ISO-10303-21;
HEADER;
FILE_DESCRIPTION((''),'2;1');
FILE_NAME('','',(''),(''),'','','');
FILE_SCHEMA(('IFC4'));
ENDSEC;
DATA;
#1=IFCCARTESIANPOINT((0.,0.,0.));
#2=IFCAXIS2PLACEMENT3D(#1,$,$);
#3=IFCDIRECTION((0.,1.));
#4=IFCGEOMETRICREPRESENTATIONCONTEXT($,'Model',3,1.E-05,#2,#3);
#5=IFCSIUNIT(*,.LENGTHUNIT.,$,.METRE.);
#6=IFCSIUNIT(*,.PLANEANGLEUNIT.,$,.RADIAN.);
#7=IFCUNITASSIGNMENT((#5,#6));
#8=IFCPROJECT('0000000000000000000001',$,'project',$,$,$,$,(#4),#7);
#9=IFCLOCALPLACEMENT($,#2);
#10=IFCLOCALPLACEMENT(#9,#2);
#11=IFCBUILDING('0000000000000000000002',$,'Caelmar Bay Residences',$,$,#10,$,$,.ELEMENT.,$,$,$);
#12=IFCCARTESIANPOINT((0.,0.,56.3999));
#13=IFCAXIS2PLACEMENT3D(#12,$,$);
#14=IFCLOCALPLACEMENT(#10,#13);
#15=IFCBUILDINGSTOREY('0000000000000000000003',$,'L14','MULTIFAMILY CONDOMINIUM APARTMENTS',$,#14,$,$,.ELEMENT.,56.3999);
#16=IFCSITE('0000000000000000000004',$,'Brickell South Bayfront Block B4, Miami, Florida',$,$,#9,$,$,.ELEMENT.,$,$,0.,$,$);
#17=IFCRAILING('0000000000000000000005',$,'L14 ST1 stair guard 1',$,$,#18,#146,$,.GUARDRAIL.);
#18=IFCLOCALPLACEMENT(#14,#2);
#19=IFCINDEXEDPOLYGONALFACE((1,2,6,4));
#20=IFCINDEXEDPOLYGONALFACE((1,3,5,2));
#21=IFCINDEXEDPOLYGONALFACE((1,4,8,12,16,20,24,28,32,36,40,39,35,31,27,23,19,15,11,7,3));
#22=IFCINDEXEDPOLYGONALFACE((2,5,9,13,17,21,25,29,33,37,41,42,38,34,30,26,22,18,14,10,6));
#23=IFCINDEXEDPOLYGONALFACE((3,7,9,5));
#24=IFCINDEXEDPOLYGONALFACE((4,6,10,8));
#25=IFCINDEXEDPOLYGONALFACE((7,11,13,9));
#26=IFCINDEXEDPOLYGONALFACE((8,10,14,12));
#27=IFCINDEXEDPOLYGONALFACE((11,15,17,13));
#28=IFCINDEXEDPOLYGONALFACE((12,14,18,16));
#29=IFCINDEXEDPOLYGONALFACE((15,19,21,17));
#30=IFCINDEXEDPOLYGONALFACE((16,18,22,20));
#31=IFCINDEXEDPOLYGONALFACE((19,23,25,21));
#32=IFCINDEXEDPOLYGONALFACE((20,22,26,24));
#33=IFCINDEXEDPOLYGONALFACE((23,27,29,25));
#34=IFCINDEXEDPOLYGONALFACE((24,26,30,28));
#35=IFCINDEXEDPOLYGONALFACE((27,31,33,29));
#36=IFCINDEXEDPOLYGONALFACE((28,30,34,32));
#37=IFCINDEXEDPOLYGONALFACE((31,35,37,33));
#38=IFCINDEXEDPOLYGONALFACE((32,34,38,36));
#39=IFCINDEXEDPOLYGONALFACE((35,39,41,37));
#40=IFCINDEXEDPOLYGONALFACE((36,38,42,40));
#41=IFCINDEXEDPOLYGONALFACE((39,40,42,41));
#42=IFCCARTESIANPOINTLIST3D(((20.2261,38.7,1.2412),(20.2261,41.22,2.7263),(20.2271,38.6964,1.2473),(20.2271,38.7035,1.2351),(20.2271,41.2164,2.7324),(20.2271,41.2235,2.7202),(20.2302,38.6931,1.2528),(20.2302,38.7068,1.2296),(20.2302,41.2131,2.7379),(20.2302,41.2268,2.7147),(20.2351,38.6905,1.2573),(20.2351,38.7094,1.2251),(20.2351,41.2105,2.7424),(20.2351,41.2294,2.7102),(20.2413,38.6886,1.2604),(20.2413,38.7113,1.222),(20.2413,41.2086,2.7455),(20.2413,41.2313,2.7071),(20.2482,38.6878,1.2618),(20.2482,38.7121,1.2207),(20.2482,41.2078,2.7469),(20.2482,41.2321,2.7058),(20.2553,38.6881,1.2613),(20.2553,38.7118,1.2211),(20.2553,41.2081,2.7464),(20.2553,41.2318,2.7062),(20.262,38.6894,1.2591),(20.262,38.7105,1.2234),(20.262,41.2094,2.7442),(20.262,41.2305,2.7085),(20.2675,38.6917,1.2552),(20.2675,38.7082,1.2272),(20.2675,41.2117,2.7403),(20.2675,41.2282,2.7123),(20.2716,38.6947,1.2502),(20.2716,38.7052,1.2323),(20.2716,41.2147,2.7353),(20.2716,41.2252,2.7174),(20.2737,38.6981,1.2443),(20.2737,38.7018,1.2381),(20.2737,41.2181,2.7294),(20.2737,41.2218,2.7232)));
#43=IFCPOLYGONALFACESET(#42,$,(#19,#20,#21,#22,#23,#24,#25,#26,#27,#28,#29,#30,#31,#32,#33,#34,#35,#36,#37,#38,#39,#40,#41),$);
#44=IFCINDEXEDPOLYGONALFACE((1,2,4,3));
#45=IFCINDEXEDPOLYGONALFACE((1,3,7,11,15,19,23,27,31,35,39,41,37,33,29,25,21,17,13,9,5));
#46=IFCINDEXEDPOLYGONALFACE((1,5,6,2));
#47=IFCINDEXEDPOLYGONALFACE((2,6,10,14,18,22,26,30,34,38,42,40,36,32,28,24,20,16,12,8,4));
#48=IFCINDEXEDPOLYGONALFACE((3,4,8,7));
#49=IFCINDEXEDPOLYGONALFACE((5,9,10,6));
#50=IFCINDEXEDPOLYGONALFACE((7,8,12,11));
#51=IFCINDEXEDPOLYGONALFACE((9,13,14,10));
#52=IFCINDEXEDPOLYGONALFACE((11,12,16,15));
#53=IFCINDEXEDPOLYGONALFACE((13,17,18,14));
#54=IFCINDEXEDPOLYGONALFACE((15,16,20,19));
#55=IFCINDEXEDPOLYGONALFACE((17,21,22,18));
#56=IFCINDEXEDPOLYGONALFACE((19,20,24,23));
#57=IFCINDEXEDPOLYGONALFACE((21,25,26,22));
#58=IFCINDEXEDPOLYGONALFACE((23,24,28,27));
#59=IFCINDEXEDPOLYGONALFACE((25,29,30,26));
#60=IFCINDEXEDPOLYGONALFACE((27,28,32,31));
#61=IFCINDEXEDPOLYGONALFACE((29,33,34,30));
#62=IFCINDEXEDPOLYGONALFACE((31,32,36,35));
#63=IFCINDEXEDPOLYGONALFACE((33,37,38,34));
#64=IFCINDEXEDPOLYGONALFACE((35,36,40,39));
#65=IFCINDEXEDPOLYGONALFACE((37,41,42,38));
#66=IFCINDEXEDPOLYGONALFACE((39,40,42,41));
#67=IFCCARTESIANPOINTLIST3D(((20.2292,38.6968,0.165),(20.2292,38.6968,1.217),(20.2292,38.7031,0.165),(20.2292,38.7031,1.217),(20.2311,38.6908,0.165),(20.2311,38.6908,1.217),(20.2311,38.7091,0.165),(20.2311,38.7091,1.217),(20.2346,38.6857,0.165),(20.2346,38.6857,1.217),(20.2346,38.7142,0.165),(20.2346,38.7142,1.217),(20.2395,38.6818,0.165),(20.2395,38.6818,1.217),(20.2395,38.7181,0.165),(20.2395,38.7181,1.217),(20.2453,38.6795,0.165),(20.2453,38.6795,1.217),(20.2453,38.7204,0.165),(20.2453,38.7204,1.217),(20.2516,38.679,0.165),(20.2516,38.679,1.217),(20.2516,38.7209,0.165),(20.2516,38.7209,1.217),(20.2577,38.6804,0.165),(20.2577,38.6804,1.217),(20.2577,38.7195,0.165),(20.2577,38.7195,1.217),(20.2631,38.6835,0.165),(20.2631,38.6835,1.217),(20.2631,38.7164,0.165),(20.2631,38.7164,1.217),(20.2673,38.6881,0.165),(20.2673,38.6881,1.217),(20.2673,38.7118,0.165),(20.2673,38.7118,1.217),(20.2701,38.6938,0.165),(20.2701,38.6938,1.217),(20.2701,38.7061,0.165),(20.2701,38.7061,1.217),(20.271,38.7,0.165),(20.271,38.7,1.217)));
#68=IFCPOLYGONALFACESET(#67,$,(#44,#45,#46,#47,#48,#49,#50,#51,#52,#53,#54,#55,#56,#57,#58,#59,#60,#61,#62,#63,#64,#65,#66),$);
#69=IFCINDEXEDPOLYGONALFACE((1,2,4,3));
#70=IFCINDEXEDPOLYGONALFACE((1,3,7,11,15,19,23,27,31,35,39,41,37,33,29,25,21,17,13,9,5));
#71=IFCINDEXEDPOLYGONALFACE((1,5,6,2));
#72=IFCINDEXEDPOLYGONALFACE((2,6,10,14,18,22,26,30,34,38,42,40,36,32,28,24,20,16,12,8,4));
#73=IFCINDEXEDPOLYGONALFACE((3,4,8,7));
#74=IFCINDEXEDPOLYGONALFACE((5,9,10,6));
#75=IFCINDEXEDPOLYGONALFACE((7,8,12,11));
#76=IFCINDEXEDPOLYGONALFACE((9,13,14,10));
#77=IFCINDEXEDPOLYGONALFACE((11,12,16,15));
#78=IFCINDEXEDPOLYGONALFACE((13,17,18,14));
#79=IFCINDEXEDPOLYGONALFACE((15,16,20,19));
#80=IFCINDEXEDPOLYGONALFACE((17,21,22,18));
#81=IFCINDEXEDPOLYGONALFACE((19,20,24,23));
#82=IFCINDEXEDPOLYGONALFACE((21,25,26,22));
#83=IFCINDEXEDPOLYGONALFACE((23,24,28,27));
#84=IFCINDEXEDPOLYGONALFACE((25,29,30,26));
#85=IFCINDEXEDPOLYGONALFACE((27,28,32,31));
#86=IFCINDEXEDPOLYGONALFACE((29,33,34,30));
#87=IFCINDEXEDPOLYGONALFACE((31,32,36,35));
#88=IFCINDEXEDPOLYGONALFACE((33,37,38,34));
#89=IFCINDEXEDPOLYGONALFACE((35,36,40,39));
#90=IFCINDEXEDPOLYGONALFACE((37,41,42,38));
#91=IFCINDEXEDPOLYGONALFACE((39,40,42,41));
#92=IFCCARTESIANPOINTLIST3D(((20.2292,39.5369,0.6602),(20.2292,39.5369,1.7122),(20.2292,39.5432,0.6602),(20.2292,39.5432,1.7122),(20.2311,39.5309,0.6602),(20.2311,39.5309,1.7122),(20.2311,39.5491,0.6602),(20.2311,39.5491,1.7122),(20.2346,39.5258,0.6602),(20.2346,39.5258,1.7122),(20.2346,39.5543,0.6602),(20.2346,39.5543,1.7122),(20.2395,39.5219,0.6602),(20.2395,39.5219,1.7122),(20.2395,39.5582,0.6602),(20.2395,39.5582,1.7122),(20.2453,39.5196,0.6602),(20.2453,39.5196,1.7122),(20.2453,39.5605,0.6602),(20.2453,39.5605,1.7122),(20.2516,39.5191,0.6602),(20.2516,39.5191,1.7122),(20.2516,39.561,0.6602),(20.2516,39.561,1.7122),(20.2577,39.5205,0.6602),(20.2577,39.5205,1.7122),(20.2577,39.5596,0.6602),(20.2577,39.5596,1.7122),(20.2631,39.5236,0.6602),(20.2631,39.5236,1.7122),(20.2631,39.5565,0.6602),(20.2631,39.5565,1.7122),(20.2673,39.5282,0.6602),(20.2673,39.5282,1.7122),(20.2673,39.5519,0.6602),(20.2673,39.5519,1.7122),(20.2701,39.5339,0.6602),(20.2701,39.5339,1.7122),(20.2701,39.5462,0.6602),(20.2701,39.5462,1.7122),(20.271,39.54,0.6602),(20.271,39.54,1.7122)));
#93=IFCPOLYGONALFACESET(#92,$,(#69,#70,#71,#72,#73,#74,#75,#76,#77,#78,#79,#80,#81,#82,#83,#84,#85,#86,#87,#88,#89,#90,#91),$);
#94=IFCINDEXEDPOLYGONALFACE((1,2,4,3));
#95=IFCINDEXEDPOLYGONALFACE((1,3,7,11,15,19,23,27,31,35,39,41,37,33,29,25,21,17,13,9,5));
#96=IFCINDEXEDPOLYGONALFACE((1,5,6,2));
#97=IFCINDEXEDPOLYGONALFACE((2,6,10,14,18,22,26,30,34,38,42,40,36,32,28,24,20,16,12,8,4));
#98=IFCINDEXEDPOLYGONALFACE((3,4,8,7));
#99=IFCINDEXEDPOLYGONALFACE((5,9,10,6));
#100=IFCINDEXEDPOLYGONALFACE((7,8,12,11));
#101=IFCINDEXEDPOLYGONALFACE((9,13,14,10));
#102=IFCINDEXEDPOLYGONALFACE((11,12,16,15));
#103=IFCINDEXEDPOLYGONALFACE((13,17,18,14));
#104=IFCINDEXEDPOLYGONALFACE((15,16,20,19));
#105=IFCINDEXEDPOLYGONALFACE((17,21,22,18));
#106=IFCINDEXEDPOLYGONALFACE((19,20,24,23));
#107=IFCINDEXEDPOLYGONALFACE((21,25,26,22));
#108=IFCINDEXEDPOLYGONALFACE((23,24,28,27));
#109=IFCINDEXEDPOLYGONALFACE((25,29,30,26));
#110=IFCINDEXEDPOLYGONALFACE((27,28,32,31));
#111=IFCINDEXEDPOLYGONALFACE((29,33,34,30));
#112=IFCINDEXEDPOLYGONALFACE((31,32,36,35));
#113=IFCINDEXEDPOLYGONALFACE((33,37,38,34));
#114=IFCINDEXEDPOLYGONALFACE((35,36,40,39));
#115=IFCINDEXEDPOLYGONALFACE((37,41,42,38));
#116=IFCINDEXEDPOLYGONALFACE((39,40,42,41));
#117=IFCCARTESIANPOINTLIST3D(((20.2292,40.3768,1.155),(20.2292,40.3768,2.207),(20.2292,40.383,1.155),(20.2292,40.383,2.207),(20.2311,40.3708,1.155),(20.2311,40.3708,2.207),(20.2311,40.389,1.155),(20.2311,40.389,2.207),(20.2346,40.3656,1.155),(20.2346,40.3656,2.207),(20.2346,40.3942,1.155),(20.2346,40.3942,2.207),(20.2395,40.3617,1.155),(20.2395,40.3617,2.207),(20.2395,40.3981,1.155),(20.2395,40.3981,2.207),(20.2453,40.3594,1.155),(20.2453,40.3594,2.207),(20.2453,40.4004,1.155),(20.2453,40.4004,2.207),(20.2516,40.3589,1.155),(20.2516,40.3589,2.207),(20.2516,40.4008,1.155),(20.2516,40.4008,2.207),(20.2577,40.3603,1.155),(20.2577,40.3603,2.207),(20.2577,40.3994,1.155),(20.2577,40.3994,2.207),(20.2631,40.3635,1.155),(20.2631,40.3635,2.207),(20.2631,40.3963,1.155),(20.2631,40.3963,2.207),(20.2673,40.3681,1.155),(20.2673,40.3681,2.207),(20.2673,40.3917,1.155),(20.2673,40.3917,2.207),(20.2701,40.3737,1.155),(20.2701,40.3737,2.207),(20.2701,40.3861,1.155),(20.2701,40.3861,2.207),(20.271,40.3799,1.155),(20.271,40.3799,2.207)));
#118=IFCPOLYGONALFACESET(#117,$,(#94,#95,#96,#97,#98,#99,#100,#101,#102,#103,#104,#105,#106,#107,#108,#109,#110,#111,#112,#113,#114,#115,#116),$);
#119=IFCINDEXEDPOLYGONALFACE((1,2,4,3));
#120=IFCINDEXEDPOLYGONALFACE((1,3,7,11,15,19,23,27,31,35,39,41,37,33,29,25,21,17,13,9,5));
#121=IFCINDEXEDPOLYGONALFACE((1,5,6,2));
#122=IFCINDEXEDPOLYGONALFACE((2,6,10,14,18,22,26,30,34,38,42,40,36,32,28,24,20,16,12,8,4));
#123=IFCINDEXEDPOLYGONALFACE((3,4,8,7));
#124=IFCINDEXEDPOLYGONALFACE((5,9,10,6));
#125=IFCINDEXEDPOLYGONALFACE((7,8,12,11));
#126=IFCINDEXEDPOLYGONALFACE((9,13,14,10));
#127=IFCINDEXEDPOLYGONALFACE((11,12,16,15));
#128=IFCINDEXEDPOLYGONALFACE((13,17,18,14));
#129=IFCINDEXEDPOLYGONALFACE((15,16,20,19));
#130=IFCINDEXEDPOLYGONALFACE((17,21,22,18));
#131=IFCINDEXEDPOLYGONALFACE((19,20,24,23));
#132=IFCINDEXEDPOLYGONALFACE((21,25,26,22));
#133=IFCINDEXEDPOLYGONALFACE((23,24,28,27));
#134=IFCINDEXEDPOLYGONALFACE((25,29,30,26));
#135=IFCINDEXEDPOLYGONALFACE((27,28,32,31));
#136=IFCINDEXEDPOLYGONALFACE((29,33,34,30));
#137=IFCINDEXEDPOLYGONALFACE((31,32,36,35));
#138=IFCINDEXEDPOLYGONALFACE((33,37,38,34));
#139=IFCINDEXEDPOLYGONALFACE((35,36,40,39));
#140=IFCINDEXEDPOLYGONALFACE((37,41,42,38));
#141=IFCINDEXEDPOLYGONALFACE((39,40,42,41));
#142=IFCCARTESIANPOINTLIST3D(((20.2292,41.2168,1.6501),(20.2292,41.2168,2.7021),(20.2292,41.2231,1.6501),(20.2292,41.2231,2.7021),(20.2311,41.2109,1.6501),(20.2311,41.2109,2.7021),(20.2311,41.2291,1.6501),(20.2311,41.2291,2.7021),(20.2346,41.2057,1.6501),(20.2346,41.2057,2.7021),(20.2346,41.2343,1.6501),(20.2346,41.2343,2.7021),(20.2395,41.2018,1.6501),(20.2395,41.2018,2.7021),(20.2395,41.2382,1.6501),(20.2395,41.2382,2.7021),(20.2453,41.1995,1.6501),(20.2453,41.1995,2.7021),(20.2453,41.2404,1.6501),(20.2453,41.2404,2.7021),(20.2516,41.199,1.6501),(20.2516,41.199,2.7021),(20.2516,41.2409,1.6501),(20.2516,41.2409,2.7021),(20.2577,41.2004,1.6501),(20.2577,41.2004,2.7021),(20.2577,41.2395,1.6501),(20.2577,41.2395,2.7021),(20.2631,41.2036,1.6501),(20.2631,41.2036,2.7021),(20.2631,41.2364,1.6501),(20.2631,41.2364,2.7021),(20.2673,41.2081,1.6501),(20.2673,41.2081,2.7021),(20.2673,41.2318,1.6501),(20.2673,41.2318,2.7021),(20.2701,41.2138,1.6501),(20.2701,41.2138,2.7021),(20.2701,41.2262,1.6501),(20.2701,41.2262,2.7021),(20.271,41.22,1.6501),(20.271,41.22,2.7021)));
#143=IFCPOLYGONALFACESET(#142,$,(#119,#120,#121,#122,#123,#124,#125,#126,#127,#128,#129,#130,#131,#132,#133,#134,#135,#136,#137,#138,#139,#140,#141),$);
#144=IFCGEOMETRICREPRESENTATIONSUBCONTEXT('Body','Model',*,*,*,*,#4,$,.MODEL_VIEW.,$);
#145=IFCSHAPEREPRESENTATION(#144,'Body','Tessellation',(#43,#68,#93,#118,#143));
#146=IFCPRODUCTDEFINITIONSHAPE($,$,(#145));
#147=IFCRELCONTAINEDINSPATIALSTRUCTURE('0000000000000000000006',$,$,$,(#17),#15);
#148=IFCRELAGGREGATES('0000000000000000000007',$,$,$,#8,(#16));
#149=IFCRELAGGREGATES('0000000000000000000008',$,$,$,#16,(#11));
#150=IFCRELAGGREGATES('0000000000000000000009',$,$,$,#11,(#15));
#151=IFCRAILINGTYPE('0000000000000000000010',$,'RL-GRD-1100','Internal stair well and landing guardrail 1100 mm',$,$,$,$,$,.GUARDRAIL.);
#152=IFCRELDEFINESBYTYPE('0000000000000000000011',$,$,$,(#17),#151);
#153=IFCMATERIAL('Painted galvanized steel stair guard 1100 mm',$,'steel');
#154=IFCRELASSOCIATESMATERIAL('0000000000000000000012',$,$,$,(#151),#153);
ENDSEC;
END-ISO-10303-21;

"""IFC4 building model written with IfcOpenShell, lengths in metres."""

from ifc_helpers import new_model, si_unit, direction, frame, origin, origin_2d, place, context, subcontext, project, spatial, circle, extrude, material, type_object, element, save


model = new_model("IFC4")

# Units and contexts
model_context = context("Model", 3, precision=1e-05, world=origin(), true_north=direction((0.0, 1.0)))
body_context = subcontext(model_context, "Body", "Model", "MODEL_VIEW")
ifc_project = project(units=[si_unit("LENGTHUNIT", "METRE"), si_unit("PLANEANGLEUNIT", "RADIAN")], contexts=[model_context])

# Site, building, storey
site_placement = place(None, origin())
site = spatial("IfcSite", under=ifc_project, at=site_placement, Name="Brickell South Bayfront Block B4, Miami, Florida", CompositionType="ELEMENT", RefElevation=0.0)
building_placement = place(site_placement, origin())
building = spatial("IfcBuilding", under=site, at=building_placement, Name="Caelmar Bay Residences", CompositionType="ELEMENT")
storey_placement = place(building_placement, frame((0.0, 0.0, 56.3999)))
storey = spatial("IfcBuildingStorey", under=building, at=storey_placement, Name="L14", Description="MULTIFAMILY CONDOMINIUM APARTMENTS", CompositionType="ELEMENT", Elevation=56.3999)

# Railing
ifc_material_1 = material(Name="Painted galvanized steel stair guard 1100 mm", Category="steel")
railing_type_1 = type_object("IfcRailingType", Name="RL-GRD-1100", Description="Internal stair well and landing guardrail 1100 mm", PredefinedType="GUARDRAIL", material=ifc_material_1)
railing_1_placement = place(storey_placement, frame((20.25, 38.7, 0.165)))
element("IfcRailing", 1, at=railing_1_placement, inside=storey, type_object=railing_type_1, Name="L14 ST1 stair guard 1", PredefinedType="GUARDRAIL", context=body_context, shape_type="SweptSolid", body=[
    extrude(circle(Radius=0.0239, at=origin_2d()), frame((0.0, 0.0, 1.0762), z_axis=(0.0, 0.861524, 0.507717), x_axis=(-1.0, 0.0, 0.0)), (0.0, 0.0, 1.0), 2.925),
    extrude(circle(Radius=0.021, at=origin_2d()), origin(), (0.0, 0.0, 1.0), 1.052),
    extrude(circle(Radius=0.021, at=origin_2d()), frame((0.0, 0.8401, 0.4951)), (0.0, 0.0, 1.0), 1.052),
    extrude(circle(Radius=0.021, at=origin_2d()), frame((0.0, 1.6799, 0.99)), (0.0, 0.0, 1.0), 1.052),
    extrude(circle(Radius=0.021, at=origin_2d()), frame((0.0, 2.52, 1.4851)), (0.0, 0.0, 1.0), 1.052),
])

save(model, "model.ifc")
